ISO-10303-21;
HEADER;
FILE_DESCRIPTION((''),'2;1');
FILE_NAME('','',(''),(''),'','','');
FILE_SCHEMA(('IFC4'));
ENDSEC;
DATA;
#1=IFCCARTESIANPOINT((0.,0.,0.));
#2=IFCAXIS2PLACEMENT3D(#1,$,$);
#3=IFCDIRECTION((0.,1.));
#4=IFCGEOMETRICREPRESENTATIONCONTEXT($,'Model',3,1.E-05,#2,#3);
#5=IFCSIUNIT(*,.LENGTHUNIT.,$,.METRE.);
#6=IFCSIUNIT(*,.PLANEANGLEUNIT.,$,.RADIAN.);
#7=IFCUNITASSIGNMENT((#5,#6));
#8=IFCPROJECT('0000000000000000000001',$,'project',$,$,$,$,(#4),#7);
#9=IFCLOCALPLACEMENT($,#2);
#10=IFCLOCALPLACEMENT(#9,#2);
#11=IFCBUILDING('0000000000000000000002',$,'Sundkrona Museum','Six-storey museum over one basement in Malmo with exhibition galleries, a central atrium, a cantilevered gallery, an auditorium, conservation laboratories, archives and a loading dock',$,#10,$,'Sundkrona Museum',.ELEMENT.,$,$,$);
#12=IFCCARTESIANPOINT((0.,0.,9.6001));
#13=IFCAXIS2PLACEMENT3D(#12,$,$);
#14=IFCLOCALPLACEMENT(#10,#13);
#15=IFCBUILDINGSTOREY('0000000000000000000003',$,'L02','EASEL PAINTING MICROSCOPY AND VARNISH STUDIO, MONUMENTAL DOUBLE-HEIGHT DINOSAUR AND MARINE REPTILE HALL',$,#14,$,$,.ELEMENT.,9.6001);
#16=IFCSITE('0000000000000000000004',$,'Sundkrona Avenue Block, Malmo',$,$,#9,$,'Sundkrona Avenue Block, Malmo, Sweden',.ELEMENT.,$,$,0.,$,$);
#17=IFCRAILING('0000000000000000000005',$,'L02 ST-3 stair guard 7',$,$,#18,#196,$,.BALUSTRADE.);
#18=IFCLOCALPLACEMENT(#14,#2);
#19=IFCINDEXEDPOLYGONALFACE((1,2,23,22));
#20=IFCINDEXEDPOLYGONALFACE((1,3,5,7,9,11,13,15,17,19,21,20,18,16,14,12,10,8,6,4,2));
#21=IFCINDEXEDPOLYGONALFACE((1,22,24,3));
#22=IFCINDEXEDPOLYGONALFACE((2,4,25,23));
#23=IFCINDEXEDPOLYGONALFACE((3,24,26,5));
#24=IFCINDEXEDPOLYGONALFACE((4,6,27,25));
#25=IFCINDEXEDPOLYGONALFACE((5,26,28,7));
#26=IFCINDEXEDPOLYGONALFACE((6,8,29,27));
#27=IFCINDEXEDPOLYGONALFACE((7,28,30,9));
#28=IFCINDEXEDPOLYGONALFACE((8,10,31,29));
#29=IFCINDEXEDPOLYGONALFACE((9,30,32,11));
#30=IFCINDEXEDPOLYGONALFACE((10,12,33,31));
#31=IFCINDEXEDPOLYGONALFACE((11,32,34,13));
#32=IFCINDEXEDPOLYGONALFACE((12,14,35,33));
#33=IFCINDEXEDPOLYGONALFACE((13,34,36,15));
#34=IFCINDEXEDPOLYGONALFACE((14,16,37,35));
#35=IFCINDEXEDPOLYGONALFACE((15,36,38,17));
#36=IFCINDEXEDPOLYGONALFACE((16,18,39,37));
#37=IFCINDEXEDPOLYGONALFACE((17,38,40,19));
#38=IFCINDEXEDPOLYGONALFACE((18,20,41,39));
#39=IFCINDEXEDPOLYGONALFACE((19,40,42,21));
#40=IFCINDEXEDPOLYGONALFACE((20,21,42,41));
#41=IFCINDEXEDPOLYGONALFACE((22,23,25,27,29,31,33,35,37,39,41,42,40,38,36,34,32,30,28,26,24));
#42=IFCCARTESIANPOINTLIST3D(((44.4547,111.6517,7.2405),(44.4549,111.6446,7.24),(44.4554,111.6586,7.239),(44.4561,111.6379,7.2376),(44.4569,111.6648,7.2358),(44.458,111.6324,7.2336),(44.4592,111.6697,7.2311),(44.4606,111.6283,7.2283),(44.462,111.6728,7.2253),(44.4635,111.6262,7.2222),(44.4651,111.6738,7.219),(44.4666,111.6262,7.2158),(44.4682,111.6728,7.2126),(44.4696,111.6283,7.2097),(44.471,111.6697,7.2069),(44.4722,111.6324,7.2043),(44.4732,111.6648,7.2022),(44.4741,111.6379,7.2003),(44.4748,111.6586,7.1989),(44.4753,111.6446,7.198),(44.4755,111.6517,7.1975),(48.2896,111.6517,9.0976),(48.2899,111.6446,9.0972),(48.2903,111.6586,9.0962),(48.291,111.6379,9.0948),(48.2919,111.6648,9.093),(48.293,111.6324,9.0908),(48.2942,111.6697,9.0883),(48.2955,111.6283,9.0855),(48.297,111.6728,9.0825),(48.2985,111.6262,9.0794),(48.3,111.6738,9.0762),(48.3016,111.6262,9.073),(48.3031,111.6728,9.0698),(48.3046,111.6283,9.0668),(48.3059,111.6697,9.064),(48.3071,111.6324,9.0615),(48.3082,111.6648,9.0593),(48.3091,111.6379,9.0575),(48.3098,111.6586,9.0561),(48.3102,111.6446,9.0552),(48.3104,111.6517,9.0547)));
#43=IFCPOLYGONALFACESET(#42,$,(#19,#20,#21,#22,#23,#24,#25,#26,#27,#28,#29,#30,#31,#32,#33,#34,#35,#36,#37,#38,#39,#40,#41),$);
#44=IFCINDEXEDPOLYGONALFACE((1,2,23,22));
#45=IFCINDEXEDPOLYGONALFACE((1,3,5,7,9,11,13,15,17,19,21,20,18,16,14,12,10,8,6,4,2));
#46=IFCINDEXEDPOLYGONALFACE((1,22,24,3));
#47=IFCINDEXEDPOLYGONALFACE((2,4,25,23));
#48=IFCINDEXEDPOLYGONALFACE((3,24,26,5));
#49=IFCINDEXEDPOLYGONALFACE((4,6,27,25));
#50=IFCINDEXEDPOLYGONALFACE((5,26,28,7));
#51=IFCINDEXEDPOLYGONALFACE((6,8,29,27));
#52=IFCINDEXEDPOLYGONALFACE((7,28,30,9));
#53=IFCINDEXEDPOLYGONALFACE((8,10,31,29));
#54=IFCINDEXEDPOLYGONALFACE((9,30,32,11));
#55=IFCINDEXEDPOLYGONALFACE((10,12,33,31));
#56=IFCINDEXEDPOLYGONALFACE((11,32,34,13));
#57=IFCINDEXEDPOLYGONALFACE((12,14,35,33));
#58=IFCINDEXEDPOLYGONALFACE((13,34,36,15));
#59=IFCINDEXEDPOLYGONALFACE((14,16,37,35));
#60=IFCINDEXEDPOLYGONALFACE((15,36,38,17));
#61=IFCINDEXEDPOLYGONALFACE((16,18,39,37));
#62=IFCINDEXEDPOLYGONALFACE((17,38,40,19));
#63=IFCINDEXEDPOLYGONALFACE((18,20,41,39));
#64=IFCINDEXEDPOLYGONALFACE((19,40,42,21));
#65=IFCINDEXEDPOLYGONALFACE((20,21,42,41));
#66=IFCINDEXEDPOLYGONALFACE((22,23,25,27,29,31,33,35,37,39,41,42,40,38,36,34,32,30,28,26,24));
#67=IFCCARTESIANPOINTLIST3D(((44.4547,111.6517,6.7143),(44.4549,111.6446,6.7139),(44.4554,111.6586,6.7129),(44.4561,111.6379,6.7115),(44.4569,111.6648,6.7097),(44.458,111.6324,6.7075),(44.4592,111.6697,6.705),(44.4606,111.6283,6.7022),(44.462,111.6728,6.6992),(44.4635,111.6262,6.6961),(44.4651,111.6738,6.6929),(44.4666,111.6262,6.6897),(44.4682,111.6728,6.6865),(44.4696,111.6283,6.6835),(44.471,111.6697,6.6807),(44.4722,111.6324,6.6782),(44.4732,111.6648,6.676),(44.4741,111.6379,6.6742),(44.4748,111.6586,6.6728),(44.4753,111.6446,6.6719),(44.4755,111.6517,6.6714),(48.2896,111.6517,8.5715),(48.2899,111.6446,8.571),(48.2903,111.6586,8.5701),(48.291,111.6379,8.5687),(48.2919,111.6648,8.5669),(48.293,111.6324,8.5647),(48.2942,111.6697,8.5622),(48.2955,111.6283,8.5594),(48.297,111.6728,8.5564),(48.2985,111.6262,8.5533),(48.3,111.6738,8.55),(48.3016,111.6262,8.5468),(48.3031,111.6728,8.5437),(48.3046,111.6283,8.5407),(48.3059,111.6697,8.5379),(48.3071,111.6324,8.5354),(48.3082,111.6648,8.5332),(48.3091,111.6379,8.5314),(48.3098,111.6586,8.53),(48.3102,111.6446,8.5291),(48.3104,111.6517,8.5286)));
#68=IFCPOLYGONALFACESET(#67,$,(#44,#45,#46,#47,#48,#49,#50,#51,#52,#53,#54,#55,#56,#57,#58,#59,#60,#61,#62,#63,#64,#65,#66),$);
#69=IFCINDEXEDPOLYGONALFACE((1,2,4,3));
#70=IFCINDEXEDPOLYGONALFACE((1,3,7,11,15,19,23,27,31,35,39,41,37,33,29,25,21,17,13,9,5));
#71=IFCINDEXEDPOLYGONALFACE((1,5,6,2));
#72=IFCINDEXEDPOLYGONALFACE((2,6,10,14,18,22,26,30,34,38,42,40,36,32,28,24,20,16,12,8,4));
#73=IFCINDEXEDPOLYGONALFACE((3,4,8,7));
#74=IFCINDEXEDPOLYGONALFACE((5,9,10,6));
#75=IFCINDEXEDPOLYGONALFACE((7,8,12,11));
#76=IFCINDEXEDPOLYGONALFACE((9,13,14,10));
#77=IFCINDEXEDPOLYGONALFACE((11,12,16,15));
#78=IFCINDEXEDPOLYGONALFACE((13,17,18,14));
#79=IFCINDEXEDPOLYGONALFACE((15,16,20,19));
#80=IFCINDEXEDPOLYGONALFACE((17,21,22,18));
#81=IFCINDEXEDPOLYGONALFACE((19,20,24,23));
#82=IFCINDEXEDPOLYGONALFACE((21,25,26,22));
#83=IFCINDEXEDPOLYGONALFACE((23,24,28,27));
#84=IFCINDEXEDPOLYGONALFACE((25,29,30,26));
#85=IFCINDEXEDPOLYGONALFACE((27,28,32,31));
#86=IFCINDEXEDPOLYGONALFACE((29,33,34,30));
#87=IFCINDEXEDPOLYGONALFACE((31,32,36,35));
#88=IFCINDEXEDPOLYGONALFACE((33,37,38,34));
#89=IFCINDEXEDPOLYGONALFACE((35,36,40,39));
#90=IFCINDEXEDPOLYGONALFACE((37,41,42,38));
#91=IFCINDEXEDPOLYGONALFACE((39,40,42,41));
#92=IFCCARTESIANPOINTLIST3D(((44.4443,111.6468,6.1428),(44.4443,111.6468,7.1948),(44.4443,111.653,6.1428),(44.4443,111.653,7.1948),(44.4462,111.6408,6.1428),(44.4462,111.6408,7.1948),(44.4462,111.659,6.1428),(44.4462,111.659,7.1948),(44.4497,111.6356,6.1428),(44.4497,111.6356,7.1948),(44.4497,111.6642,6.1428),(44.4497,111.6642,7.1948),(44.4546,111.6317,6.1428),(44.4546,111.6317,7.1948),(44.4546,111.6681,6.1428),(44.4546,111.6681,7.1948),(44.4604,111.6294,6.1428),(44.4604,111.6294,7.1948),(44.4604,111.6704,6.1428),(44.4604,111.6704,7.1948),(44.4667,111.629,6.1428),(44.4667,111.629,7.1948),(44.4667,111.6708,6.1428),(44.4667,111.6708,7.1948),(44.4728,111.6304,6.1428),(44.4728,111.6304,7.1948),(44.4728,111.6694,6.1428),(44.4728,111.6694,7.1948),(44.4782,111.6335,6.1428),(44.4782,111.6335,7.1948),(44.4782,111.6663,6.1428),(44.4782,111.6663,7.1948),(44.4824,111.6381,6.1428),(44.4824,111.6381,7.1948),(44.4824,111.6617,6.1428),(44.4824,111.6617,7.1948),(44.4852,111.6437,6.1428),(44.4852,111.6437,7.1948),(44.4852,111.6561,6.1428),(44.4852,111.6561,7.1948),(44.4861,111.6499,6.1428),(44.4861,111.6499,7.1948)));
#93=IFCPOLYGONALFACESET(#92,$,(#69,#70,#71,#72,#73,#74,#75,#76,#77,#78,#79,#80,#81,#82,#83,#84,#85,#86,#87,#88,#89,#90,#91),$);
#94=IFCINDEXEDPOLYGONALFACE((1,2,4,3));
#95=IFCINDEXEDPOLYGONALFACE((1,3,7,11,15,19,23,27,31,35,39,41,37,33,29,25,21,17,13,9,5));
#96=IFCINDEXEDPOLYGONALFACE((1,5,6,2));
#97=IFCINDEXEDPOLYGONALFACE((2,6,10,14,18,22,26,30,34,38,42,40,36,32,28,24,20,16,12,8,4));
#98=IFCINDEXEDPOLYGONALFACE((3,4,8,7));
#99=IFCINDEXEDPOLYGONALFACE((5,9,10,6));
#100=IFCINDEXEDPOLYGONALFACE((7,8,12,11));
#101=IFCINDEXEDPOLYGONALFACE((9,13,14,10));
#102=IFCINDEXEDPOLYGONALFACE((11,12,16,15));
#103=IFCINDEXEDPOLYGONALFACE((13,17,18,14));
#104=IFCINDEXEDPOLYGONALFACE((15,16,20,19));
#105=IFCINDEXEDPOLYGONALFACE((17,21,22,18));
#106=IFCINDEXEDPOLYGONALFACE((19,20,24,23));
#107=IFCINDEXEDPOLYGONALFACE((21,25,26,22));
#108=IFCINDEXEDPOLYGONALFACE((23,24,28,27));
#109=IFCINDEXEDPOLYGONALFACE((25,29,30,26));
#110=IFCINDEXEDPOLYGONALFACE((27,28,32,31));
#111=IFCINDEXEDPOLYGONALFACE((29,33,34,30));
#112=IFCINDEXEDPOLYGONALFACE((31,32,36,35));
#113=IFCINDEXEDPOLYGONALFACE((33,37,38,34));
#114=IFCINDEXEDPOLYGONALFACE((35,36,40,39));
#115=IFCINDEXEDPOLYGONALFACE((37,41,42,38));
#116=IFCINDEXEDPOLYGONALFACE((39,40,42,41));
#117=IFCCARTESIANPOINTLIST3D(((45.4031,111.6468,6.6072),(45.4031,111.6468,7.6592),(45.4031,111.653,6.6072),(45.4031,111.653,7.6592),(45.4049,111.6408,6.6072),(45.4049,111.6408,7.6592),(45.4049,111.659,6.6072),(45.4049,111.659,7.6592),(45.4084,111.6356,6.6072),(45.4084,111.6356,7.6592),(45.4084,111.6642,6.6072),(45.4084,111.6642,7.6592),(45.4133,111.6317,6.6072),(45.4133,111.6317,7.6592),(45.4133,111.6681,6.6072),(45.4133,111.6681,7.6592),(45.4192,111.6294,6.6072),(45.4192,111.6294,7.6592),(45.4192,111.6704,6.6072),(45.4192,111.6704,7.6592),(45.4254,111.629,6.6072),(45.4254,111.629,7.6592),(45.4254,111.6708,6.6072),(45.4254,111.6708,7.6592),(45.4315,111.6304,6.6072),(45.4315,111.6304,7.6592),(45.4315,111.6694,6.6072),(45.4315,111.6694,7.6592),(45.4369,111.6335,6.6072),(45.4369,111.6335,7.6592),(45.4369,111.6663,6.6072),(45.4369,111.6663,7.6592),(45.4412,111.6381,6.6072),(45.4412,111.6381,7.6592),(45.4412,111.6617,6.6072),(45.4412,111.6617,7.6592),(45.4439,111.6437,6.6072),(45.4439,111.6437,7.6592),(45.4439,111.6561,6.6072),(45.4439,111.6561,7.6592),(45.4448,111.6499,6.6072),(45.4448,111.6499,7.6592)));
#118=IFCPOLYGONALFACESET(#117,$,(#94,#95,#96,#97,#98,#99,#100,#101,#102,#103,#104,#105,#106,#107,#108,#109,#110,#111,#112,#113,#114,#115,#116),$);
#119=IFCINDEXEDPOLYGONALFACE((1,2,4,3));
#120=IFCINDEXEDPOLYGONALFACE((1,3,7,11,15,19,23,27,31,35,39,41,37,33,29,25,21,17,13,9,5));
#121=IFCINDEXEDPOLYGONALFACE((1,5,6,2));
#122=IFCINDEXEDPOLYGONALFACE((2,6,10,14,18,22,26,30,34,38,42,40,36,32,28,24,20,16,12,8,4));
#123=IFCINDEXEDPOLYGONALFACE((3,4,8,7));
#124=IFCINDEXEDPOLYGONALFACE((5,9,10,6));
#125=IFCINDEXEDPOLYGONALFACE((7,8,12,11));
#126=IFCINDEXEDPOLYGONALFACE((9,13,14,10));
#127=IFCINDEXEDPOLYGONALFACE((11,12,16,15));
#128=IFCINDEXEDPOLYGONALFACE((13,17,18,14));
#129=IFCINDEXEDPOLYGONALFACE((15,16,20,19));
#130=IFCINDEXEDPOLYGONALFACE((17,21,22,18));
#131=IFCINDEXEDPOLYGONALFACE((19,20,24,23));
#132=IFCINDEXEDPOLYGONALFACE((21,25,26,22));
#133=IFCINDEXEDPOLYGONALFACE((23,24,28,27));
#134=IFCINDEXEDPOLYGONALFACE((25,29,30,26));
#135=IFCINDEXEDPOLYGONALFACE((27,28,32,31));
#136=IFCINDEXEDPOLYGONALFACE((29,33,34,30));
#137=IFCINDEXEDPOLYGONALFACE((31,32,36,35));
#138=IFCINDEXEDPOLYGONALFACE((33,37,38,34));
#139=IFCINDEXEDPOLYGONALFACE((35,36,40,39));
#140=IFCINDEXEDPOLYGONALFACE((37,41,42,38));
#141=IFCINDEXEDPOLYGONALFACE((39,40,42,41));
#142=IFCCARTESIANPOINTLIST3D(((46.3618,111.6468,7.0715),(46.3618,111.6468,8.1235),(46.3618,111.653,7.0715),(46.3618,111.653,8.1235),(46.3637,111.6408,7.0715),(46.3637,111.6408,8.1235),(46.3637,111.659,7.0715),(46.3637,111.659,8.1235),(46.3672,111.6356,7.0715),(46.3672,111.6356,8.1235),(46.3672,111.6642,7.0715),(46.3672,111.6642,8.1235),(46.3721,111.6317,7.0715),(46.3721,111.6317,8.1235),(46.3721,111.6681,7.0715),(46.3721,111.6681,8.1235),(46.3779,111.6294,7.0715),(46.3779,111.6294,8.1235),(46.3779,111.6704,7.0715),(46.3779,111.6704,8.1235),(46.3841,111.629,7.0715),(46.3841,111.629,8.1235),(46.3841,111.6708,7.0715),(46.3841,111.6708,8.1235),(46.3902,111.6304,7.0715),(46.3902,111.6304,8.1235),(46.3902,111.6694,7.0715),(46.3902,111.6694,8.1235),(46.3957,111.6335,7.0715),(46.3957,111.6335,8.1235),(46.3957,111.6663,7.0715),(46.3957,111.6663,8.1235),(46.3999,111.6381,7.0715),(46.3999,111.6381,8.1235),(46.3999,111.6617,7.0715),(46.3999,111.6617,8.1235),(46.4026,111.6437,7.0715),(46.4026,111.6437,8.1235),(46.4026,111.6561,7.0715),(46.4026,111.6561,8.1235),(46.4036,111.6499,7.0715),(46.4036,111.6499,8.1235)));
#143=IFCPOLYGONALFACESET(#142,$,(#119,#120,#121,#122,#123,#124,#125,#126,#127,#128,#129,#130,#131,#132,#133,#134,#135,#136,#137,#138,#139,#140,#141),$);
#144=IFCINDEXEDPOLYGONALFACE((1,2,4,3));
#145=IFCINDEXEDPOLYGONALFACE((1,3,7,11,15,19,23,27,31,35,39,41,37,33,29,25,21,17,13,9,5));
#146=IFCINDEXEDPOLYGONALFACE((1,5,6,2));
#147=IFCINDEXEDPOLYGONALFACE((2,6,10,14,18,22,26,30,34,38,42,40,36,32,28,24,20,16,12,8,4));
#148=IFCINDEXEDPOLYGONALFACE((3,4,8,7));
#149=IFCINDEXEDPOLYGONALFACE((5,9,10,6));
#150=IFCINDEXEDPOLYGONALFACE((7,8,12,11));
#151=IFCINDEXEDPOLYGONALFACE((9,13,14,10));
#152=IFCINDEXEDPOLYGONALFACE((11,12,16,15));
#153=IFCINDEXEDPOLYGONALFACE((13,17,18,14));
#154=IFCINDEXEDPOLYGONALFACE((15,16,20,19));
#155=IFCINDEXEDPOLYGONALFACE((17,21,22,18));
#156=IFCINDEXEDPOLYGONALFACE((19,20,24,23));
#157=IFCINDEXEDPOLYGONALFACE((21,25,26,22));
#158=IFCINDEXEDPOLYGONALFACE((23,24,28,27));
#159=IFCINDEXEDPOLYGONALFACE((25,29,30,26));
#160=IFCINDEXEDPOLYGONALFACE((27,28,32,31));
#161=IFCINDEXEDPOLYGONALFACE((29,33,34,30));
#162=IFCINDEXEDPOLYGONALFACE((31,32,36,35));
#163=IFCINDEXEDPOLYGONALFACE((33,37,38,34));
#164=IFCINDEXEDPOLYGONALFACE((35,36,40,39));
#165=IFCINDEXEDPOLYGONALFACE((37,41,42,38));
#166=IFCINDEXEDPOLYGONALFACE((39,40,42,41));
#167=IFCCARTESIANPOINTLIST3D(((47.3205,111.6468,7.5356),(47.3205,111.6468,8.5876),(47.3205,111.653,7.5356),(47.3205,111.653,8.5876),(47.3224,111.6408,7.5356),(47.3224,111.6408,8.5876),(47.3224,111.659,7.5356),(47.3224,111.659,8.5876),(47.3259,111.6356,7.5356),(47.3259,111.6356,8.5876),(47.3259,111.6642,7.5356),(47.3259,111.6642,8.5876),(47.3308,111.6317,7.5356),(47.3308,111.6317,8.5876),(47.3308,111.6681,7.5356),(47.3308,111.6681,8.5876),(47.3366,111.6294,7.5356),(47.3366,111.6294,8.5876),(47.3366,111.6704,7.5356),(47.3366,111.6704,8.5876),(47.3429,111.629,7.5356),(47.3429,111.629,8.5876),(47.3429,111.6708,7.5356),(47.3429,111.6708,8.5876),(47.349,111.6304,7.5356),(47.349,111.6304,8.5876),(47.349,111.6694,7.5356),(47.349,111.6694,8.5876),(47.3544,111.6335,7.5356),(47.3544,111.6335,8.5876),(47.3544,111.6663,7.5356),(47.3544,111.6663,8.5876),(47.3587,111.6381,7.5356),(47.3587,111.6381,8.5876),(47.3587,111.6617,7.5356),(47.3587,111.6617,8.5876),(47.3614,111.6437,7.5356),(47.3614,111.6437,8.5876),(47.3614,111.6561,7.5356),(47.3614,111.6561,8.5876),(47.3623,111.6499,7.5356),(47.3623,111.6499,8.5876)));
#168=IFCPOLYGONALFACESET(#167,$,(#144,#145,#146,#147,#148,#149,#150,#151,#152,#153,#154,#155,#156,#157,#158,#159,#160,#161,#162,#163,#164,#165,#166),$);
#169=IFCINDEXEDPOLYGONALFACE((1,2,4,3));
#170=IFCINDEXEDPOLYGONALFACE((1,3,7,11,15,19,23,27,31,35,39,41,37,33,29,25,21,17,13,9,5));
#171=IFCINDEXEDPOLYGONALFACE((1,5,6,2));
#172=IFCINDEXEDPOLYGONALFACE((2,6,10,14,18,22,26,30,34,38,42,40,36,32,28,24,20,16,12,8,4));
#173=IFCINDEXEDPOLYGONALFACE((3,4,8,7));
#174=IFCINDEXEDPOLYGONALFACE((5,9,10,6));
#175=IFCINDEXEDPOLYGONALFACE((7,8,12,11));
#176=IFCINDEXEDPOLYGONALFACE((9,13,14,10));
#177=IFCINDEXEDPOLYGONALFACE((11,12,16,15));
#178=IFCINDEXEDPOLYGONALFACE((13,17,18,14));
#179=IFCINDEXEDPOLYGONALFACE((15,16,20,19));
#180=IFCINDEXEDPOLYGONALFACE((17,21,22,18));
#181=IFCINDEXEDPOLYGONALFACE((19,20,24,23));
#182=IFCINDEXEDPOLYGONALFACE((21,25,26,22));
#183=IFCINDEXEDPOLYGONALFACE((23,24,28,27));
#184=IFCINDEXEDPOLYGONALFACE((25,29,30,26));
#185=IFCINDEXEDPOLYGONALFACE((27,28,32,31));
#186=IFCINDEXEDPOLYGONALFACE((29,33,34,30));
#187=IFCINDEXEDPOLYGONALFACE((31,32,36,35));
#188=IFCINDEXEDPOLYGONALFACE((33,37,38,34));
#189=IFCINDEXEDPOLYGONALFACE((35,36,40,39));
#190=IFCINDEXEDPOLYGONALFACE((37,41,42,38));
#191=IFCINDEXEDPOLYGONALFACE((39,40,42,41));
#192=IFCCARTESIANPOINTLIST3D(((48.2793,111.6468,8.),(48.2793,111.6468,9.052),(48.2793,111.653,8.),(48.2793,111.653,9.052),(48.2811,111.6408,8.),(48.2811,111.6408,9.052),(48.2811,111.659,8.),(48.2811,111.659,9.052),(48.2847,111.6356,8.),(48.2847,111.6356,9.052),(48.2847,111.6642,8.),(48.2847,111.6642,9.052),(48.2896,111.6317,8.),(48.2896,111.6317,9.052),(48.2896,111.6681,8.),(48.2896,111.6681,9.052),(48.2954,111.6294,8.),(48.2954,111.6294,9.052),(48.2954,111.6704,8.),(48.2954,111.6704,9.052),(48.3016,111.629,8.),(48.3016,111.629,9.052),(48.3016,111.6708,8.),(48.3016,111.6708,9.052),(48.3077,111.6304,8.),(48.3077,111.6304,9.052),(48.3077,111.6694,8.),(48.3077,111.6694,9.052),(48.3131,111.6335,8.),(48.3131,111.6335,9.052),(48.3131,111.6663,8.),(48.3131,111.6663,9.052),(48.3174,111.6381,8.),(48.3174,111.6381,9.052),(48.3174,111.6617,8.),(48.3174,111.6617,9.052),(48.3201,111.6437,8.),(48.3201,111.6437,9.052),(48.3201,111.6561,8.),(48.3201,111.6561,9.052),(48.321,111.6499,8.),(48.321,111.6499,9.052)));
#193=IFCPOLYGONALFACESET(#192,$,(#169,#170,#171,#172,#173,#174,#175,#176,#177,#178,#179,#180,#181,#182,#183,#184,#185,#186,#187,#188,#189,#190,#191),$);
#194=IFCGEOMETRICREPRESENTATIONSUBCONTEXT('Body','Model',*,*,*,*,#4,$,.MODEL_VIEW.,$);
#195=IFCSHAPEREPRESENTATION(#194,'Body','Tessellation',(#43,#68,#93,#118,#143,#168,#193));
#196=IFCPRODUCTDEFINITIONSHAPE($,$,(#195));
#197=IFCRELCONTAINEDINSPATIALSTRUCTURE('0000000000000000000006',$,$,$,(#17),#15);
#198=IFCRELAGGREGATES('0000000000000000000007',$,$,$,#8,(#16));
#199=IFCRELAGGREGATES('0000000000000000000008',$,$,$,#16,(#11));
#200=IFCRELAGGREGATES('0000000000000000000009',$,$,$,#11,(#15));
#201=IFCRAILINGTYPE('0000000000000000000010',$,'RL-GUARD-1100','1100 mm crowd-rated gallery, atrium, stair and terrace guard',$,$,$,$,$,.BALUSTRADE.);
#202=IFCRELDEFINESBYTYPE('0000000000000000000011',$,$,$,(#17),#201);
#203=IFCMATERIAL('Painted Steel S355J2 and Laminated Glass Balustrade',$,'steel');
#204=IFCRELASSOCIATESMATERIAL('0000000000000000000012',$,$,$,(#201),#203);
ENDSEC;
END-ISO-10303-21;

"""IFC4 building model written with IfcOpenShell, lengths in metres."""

from ifc_helpers import new_model, si_unit, direction, frame, origin, origin_2d, place, context, subcontext, project, spatial, circle, extrude, material, type_object, element, save


model = new_model("IFC4")

# Units and contexts
model_context = context("Model", 3, precision=1e-05, world=origin(), true_north=direction((0.0, 1.0)))
body_context = subcontext(model_context, "Body", "Model", "MODEL_VIEW")
ifc_project = project(units=[si_unit("LENGTHUNIT", "METRE"), si_unit("PLANEANGLEUNIT", "RADIAN")], contexts=[model_context])

# Site, building, storey
site_placement = place(None, origin())
site = spatial("IfcSite", under=ifc_project, at=site_placement, Name="Sundkrona Avenue Block, Malmo", LongName="Sundkrona Avenue Block, Malmo, Sweden", CompositionType="ELEMENT", RefElevation=0.0)
building_placement = place(site_placement, origin())
building = spatial("IfcBuilding", under=site, at=building_placement, Name="Sundkrona Museum", Description="Six-storey museum over one basement in Malmo with exhibition galleries, a central atrium, a cantilevered gallery, an auditorium, conservation laboratories, archives and a loading dock", LongName="Sundkrona Museum", CompositionType="ELEMENT")
storey_placement = place(building_placement, frame((0.0, 0.0, 9.6001)))
storey = spatial("IfcBuildingStorey", under=building, at=storey_placement, Name="L02", Description="EASEL PAINTING MICROSCOPY AND VARNISH STUDIO, MONUMENTAL DOUBLE-HEIGHT DINOSAUR AND MARINE REPTILE HALL", CompositionType="ELEMENT", Elevation=9.6001)

# Railing
ifc_material_1 = material(Name="Painted Steel S355J2 and Laminated Glass Balustrade", Category="steel")
railing_type_1 = type_object("IfcRailingType", Name="RL-GUARD-1100", Description="1100 mm crowd-rated gallery, atrium, stair and terrace guard", PredefinedType="BALUSTRADE", material=ifc_material_1)
railing_1_placement = place(storey_placement, frame((44.4651, 111.6499, 6.1428)))
element("IfcRailing", 1, at=railing_1_placement, inside=storey, type_object=railing_type_1, Name="L02 ST-3 stair guard 7", PredefinedType="BALUSTRADE", context=body_context, shape_type="SweptSolid", body=[
    extrude(circle(Radius=0.0239, at=origin_2d()), frame((0.0, 0.0, 1.0762), z_axis=(0.900016, 0.0, 0.435856), x_axis=(0.0, 1.0, 0.0)), (0.0, 0.0, 1.0), 4.261),
    extrude(circle(Radius=0.0239, at=origin_2d()), frame((0.0, 0.0, 0.55), z_axis=(0.900016, 0.0, 0.435856), x_axis=(0.0, 1.0, 0.0)), (0.0, 0.0, 1.0), 4.261),
    extrude(circle(Radius=0.021, at=origin_2d()), origin(), (0.0, 0.0, 1.0), 1.052),
    extrude(circle(Radius=0.021, at=origin_2d()), frame((0.9587, 0.0, 0.4644)), (0.0, 0.0, 1.0), 1.052),
    extrude(circle(Radius=0.021, at=origin_2d()), frame((1.9175, 0.0, 0.9287)), (0.0, 0.0, 1.0), 1.052),
    extrude(circle(Radius=0.021, at=origin_2d()), frame((2.8762, 0.0, 1.3928)), (0.0, 0.0, 1.0), 1.052),
    extrude(circle(Radius=0.021, at=origin_2d()), frame((3.835, 0.0, 1.8572)), (0.0, 0.0, 1.0), 1.052),
])

save(model, "model.ifc")
